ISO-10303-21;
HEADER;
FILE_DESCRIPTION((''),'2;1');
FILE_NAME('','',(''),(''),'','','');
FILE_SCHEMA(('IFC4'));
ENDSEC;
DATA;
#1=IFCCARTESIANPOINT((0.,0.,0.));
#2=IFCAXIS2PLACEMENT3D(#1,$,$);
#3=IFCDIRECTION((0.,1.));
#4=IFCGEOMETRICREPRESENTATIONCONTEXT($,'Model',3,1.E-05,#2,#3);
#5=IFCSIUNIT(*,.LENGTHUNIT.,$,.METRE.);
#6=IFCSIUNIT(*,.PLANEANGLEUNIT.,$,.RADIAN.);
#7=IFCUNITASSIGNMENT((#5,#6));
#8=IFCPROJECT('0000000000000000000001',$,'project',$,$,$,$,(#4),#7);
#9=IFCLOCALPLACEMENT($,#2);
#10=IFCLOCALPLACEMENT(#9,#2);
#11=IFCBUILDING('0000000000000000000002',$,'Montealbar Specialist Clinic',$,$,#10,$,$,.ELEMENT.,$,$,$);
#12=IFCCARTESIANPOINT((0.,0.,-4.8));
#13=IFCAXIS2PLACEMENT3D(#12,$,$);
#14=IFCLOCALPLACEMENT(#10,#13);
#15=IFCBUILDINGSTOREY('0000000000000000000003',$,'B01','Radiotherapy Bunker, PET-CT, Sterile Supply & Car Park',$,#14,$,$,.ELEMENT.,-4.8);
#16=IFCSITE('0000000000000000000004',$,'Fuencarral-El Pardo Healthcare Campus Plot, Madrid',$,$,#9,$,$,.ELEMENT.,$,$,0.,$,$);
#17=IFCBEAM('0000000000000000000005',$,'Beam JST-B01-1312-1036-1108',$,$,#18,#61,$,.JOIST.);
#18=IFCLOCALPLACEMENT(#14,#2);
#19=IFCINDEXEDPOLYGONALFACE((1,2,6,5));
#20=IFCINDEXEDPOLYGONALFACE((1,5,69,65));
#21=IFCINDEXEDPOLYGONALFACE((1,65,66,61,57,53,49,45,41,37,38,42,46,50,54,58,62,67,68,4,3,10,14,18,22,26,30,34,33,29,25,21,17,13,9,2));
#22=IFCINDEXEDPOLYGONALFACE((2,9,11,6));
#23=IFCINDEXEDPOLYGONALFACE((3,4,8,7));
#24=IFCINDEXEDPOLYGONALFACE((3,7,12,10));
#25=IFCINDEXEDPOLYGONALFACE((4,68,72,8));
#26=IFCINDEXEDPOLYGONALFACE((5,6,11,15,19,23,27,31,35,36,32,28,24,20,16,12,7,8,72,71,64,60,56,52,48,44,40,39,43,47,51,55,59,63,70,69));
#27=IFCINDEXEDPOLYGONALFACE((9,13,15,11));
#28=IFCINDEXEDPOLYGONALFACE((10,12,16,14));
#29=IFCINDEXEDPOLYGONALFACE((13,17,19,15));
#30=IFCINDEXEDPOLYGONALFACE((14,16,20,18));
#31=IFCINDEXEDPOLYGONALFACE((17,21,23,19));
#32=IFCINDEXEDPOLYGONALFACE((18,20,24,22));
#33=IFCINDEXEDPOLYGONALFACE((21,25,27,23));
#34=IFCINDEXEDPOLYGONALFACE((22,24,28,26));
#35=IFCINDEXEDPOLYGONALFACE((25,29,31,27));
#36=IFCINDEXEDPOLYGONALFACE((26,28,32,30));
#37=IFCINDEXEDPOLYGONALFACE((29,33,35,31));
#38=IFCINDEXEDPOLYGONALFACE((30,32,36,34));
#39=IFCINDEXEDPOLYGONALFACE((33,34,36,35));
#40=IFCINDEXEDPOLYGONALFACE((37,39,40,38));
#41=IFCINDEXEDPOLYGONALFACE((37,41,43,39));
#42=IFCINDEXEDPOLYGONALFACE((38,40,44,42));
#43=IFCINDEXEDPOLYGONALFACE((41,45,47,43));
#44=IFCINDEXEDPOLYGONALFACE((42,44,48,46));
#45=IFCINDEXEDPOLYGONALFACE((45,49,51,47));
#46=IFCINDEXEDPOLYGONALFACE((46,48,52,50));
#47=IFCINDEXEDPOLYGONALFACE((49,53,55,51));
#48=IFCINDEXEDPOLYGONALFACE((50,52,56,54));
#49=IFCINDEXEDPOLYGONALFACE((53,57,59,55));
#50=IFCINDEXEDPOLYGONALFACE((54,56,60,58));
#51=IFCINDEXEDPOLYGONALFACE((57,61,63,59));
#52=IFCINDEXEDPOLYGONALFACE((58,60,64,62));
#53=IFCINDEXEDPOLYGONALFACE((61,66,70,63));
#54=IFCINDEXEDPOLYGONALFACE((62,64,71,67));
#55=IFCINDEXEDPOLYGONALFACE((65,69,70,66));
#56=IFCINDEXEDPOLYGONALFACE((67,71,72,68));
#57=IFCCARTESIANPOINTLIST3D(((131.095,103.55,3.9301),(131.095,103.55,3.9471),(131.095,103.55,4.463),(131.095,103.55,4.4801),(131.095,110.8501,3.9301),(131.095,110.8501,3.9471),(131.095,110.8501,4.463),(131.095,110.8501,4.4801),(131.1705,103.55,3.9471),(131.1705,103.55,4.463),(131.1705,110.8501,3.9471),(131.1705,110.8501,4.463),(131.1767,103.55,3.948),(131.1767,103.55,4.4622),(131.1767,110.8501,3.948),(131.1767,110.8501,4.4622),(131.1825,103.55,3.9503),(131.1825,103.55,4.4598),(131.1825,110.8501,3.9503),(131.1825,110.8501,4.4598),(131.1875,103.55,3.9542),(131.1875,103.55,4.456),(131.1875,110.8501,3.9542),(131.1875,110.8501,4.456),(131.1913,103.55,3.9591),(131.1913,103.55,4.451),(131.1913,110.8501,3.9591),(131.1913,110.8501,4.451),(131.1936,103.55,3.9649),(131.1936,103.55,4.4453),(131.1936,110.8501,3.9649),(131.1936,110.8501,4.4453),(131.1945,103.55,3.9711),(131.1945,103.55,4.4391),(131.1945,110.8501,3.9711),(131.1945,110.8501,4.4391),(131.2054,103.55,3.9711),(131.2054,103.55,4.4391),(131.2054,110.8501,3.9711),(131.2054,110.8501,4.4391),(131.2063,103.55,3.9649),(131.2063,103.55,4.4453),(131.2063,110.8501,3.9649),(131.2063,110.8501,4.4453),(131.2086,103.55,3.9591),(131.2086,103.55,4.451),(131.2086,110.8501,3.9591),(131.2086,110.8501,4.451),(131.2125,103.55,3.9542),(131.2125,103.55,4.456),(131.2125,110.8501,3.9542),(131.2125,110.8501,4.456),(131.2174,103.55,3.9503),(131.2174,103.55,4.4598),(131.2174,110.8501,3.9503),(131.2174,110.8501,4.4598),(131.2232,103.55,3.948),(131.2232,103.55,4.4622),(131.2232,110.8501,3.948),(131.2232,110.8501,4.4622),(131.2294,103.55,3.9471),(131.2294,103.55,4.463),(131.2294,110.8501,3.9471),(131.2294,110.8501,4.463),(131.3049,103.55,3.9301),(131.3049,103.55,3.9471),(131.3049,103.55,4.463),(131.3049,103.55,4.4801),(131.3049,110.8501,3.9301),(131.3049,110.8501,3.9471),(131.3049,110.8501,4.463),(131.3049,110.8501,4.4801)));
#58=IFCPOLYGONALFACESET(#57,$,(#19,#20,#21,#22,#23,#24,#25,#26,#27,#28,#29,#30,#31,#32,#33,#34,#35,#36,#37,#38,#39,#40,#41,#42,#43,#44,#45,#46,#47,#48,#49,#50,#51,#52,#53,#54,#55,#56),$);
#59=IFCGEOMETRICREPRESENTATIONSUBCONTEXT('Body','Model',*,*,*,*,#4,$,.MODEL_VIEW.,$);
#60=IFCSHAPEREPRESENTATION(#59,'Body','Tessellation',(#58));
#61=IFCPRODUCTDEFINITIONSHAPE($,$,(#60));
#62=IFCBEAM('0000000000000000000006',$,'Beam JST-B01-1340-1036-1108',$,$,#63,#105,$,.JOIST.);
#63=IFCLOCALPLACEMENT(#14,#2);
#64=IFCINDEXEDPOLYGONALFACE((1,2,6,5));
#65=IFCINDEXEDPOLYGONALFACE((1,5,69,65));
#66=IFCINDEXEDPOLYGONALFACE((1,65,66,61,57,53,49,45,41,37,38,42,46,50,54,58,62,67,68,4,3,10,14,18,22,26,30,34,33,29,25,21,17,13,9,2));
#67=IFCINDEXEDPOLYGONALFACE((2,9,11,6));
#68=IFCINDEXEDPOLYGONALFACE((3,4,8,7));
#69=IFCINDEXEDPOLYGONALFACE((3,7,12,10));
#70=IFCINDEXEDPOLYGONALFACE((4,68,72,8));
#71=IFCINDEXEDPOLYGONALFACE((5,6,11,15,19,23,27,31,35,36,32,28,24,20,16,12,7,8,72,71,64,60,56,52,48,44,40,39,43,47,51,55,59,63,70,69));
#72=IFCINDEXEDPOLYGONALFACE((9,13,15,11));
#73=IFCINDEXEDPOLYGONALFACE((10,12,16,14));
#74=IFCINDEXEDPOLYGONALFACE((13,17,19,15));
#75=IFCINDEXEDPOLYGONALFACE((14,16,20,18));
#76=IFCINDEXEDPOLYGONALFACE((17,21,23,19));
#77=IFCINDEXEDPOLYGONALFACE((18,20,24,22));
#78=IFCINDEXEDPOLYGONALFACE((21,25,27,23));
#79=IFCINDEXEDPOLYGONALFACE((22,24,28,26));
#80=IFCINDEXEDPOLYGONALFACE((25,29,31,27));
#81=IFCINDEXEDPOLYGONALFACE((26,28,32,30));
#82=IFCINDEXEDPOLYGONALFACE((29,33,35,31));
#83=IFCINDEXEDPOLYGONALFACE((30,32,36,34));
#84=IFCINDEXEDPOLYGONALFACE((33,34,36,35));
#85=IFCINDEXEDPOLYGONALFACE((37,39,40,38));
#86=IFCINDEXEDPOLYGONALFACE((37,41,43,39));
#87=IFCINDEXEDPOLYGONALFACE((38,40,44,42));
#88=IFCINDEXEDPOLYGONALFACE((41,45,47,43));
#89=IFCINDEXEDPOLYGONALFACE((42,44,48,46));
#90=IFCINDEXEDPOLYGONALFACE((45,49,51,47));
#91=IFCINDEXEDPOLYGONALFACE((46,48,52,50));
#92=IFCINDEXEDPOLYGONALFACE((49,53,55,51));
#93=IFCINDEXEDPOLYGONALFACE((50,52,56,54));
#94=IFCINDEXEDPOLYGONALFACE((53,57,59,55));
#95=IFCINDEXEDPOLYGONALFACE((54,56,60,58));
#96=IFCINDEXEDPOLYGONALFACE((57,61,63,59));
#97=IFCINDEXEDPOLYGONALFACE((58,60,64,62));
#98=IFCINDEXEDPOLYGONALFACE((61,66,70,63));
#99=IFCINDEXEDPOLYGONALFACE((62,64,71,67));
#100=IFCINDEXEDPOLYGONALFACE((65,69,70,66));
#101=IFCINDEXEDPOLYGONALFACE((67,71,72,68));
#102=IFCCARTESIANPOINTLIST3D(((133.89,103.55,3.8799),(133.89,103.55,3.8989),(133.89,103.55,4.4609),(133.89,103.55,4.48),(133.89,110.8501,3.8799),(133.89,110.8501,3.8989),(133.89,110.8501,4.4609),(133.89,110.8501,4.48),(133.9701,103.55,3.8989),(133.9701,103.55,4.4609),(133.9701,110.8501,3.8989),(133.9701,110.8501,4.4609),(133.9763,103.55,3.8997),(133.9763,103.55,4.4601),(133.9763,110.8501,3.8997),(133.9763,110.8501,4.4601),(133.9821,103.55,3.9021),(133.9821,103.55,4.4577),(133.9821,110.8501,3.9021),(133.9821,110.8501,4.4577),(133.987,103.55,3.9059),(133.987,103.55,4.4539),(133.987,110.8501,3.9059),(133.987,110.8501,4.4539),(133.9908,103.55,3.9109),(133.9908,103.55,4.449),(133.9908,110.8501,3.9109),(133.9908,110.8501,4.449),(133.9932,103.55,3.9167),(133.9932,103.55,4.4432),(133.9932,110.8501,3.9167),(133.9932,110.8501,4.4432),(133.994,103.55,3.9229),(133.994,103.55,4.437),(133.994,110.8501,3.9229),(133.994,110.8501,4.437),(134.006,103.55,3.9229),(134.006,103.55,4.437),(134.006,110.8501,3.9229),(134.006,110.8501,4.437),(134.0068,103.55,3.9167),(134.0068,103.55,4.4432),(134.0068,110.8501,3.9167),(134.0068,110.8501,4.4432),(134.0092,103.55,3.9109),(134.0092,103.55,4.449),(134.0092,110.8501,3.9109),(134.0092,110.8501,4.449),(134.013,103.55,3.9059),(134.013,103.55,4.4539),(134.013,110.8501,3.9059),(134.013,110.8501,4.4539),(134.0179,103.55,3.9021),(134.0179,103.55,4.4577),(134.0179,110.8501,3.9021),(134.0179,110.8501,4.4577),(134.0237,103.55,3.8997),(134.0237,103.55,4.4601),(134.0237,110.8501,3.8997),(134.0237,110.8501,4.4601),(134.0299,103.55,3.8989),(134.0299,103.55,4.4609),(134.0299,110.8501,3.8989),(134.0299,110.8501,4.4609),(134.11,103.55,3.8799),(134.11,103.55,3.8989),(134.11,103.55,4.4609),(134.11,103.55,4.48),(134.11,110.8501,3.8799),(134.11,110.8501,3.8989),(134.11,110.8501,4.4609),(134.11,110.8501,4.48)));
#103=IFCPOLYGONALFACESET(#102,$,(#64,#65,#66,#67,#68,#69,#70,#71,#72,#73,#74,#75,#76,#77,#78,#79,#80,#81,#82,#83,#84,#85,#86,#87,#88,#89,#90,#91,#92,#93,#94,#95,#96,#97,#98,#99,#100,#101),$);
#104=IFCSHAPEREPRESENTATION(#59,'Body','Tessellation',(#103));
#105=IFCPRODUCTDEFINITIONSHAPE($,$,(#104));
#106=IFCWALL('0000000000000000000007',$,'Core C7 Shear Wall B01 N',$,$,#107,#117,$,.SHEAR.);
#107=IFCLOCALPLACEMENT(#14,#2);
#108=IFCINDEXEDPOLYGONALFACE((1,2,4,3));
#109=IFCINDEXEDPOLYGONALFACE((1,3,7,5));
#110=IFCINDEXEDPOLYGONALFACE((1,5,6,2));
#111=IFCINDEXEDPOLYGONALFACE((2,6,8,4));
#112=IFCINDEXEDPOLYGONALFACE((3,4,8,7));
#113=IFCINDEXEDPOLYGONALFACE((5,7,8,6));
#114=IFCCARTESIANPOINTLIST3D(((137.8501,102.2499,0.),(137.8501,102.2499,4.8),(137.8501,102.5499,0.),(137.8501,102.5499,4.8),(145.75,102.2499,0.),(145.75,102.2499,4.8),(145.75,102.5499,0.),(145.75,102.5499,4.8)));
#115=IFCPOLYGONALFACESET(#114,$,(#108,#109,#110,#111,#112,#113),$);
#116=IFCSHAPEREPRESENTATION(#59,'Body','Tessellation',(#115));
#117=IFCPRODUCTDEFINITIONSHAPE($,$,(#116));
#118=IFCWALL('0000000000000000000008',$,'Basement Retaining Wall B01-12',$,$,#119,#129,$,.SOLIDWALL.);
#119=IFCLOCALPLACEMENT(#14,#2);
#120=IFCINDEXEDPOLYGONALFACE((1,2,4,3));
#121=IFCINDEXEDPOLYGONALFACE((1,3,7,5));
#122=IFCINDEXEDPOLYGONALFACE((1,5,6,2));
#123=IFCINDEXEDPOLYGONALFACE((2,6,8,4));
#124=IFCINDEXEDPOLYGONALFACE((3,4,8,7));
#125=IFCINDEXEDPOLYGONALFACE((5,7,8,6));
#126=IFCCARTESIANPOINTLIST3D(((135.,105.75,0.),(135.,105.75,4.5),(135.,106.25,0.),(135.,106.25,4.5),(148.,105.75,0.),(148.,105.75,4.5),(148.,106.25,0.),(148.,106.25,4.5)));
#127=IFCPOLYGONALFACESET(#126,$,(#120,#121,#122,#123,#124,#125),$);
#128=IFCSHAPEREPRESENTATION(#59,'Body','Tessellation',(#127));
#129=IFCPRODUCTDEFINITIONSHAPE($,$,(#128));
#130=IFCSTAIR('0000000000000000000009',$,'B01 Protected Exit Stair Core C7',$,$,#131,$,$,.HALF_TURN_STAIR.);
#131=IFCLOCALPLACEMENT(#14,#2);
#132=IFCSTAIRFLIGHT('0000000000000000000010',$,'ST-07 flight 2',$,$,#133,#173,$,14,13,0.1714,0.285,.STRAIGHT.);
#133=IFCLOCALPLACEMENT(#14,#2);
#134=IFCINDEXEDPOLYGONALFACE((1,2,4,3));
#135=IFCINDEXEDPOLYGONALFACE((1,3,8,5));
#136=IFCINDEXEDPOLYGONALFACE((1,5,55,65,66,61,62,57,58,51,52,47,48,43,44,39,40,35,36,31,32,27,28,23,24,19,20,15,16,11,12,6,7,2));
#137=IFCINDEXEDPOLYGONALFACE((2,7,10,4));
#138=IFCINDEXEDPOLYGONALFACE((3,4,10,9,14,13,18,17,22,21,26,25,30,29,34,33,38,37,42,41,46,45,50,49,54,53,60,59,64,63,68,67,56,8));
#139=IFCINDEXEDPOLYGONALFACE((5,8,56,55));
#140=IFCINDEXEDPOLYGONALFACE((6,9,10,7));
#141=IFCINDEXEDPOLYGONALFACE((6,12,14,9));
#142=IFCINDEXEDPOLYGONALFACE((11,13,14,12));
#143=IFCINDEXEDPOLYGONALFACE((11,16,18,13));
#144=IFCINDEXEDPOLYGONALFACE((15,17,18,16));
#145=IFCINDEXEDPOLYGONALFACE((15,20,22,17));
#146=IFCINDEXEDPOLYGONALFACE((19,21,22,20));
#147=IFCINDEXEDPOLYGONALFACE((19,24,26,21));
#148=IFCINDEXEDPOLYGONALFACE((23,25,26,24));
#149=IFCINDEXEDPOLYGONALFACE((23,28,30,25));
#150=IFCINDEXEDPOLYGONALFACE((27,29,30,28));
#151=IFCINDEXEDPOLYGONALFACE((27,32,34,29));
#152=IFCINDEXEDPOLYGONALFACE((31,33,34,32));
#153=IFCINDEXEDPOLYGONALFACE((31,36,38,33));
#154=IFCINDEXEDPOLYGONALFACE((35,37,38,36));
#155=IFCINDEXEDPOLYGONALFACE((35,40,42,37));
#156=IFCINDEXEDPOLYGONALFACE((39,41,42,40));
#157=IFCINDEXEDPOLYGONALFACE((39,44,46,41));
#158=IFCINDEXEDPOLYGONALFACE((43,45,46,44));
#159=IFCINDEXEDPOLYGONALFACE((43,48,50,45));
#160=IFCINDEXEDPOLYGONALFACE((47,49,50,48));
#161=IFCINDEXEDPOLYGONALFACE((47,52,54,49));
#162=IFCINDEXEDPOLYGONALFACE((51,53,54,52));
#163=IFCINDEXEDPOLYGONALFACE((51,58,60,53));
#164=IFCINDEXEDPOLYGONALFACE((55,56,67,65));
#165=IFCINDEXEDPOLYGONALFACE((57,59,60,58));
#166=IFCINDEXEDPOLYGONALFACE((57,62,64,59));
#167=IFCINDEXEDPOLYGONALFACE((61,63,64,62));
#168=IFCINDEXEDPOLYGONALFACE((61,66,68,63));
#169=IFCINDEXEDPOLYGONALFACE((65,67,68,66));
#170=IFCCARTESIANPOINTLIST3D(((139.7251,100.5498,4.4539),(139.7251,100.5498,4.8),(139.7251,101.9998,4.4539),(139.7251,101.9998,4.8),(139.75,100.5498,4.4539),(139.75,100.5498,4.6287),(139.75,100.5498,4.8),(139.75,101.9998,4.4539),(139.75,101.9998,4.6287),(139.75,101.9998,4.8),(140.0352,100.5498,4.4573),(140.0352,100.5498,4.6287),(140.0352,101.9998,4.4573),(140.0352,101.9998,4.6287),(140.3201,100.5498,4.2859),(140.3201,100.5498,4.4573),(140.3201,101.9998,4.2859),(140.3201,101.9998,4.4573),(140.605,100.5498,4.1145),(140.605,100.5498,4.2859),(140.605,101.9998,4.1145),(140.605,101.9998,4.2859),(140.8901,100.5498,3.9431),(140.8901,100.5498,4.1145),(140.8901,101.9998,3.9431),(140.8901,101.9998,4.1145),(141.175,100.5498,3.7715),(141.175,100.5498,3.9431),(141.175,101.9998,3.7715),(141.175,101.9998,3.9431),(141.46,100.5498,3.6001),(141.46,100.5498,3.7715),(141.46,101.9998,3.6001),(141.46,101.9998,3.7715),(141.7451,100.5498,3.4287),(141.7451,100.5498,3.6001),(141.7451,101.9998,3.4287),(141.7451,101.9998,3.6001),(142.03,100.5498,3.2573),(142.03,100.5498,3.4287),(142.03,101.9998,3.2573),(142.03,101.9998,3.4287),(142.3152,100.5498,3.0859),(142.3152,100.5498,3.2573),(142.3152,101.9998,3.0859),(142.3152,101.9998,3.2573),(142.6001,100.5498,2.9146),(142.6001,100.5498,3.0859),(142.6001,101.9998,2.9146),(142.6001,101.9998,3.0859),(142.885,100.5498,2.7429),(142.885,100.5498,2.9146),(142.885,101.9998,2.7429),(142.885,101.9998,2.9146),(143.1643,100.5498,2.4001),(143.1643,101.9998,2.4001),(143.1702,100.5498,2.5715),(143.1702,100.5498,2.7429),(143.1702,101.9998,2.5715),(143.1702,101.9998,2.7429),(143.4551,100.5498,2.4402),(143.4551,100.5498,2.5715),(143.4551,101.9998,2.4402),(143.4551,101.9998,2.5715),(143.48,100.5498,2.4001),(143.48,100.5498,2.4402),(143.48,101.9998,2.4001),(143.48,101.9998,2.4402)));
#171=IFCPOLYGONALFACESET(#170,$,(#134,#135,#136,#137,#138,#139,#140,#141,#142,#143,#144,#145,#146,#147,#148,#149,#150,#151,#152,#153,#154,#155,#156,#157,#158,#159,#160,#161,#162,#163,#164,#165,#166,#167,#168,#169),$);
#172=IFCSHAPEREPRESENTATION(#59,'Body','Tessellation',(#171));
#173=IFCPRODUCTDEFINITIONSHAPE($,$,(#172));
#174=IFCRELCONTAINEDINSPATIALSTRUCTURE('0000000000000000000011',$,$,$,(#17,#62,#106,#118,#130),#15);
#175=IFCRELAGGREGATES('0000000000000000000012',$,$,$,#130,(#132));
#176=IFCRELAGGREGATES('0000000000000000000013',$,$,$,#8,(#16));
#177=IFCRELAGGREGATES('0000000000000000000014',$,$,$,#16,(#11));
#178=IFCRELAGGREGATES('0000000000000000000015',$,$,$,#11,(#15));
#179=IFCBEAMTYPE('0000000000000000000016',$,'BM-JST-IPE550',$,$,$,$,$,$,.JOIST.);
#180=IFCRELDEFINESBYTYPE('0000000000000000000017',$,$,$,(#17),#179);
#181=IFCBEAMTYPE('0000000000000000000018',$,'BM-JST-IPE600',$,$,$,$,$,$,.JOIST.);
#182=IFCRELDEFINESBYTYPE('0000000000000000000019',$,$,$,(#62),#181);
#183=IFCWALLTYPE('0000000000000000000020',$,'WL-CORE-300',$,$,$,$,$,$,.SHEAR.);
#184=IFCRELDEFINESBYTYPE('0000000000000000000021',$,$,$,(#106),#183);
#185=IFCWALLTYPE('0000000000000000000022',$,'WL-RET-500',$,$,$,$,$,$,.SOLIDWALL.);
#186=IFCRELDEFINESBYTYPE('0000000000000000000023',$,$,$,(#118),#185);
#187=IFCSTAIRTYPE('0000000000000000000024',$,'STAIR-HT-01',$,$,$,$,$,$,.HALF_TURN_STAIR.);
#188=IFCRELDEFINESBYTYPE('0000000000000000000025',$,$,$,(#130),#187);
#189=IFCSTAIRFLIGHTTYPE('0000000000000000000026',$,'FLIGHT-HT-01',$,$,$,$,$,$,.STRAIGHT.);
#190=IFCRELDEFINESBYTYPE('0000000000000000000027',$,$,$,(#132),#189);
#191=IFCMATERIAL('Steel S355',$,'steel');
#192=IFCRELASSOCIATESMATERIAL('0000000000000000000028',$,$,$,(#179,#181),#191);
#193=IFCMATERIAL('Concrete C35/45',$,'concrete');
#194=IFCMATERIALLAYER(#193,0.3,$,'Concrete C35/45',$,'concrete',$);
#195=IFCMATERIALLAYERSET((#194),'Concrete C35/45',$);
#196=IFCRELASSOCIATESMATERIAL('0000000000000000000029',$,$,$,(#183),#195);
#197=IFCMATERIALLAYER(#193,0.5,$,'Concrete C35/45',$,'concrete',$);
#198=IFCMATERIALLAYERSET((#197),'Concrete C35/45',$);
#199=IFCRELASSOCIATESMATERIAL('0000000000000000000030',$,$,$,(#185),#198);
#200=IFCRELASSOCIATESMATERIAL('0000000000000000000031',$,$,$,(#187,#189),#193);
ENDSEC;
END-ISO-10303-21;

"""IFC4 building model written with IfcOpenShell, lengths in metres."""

from ifc_helpers import new_model, si_unit, direction, frame, frame_2d, origin, origin_2d, place, context, subcontext, project, spatial, polyline, rectangle, i_section, outline, extrude, material, layer, layer_set, material_profile, profile_set, type_object, element, aggregate, save


model = new_model("IFC4")

# Units and contexts
model_context = context("Model", 3, precision=1e-05, world=origin(), true_north=direction((0.0, 1.0)))
body_context = subcontext(model_context, "Body", "Model", "MODEL_VIEW")
ifc_project = project(units=[si_unit("LENGTHUNIT", "METRE"), si_unit("PLANEANGLEUNIT", "RADIAN")], contexts=[model_context])

# Site, building, storey
site_placement = place(None, origin())
site = spatial("IfcSite", under=ifc_project, at=site_placement, Name="Fuencarral-El Pardo Healthcare Campus Plot, Madrid", CompositionType="ELEMENT", RefElevation=0.0)
building_placement = place(site_placement, origin())
building = spatial("IfcBuilding", under=site, at=building_placement, Name="Montealbar Specialist Clinic", CompositionType="ELEMENT")
storey_placement = place(building_placement, frame((0.0, 0.0, -4.8)))
storey = spatial("IfcBuildingStorey", under=building, at=storey_placement, Name="B01", Description="Radiotherapy Bunker, PET-CT, Sterile Supply & Car Park", CompositionType="ELEMENT", Elevation=-4.8)

# Shared definitions
ifc_material_1 = material(Name="Concrete C35/45", Category="concrete")

# Shared definitions
ifc_material_2 = material(Name="Steel S355", Category="steel")

# Beams
ifc_material_profile_1 = material_profile(ifc_material_2, i_section(OverallWidth=0.21, OverallDepth=0.55, WebThickness=0.011, FlangeThickness=0.0171, FilletRadius=0.0239, at=origin_2d()), Name="IPE 550", Category="steel")
ifc_profile_set_1 = profile_set([ifc_material_profile_1], Name="Steel S355")
beam_type_1 = type_object("IfcBeamType", Name="BM-JST-IPE550", PredefinedType="JOIST", material=ifc_profile_set_1)
beam_1_placement = place(storey_placement, frame((131.2, 103.55, 4.2051), z_axis=(0.0, 1.0, 0.0), x_axis=(-1.0, 0.0, 0.0)))
element("IfcBeam", 1, at=beam_1_placement, inside=storey, type_object=beam_type_1, Name="Beam JST-B01-1312-1036-1108", PredefinedType="JOIST", context=body_context, shape_type="SweptSolid", body=[
    extrude(i_section(OverallWidth=0.21, OverallDepth=0.55, WebThickness=0.011, FlangeThickness=0.0171, FilletRadius=0.0239, at=origin_2d()), origin(), (0.0, 0.0, 1.0), 7.3),
])
ifc_material_profile_2 = material_profile(ifc_material_2, i_section(OverallWidth=0.22, OverallDepth=0.6001, WebThickness=0.012, FlangeThickness=0.019, FilletRadius=0.0239, at=origin_2d()), Name="IPE 600", Category="steel")
ifc_profile_set_2 = profile_set([ifc_material_profile_2], Name="Steel S355")
beam_type_2 = type_object("IfcBeamType", Name="BM-JST-IPE600", PredefinedType="JOIST", material=ifc_profile_set_2)
beam_2_placement = place(storey_placement, frame((134.0, 103.55, 4.1799), z_axis=(0.0, 1.0, 0.0), x_axis=(-1.0, 0.0, 0.0)))
element("IfcBeam", 2, at=beam_2_placement, inside=storey, type_object=beam_type_2, Name="Beam JST-B01-1340-1036-1108", PredefinedType="JOIST", context=body_context, shape_type="SweptSolid", body=[
    extrude(i_section(OverallWidth=0.22, OverallDepth=0.6001, WebThickness=0.012, FlangeThickness=0.019, FilletRadius=0.0239, at=origin_2d()), origin(), (0.0, 0.0, 1.0), 7.3),
])

# Walls
ifc_layer_1 = layer(ifc_material_1, 0.3, Name="Concrete C35/45", Category="concrete")
ifc_layer_set_1 = layer_set([ifc_layer_1], Name="Concrete C35/45")
wall_type_1 = type_object("IfcWallType", Name="WL-CORE-300", PredefinedType="SHEAR", material=ifc_layer_set_1)
wall_1_placement = place(storey_placement, frame((137.8501, 102.3999, 0.0), z_axis=(0.0, 0.0, 1.0), x_axis=(1.0, 0.0, 0.0)))
element("IfcWall", 3, at=wall_1_placement, inside=storey, type_object=wall_type_1, Name="Core C7 Shear Wall B01 N", PredefinedType="SHEAR", context=body_context, shape_type="SweptSolid", body=[
    extrude(rectangle(XDim=7.8999, YDim=0.3, at=frame_2d((3.95, 0.0))), origin(), (0.0, 0.0, 1.0), 4.8),
])
ifc_layer_2 = layer(ifc_material_1, 0.5, Name="Concrete C35/45", Category="concrete")
ifc_layer_set_2 = layer_set([ifc_layer_2], Name="Concrete C35/45")
wall_type_2 = type_object("IfcWallType", Name="WL-RET-500", PredefinedType="SOLIDWALL", material=ifc_layer_set_2)
wall_2_placement = place(storey_placement, frame((135.0, 106.0, 0.0), z_axis=(0.0, 0.0, 1.0), x_axis=(1.0, 0.0, 0.0)))
element("IfcWall", 4, at=wall_2_placement, inside=storey, type_object=wall_type_2, Name="Basement Retaining Wall B01-12", PredefinedType="SOLIDWALL", context=body_context, shape_type="SweptSolid", body=[
    extrude(rectangle(XDim=13.0, YDim=0.5, at=frame_2d((6.5, 0.0))), origin(), (0.0, 0.0, 1.0), 4.5),
])

# Stair, stair flight
stair_type = type_object("IfcStairType", Name="STAIR-HT-01", PredefinedType="HALF_TURN_STAIR", material=ifc_material_1)
stair_placement = place(storey_placement, origin())
stair = element("IfcStair", 5, at=stair_placement, inside=storey, type_object=stair_type, Name="B01 Protected Exit Stair Core C7", PredefinedType="HALF_TURN_STAIR")
stair_flight_type = type_object("IfcStairFlightType", Name="FLIGHT-HT-01", PredefinedType="STRAIGHT", material=ifc_material_1)
stair_flight_placement = place(storey_placement, frame((143.4551, 101.2749, 2.4001), z_axis=(0.0, 0.0, 1.0), x_axis=(-1.0, 0.0, 0.0)))
stair_flight = element("IfcStairFlight", 6, at=stair_flight_placement, type_object=stair_flight_type, Name="ST-07 flight 2", NumberOfRisers=14, NumberOfTreads=13, PredefinedType="STRAIGHT", RiserHeight=0.1714, TreadLength=0.285, context=body_context, shape_type="SweptSolid", body=[
    extrude(outline(polyline([(-0.0249, 0.0), (-0.0249, 0.04), (0.0, 0.04), (0.0, 0.1714), (0.2849, 0.1714), (0.2849, 0.3428), (0.5701, 0.3428), (0.5701, 0.5144), (0.855, 0.5144), (0.855, 0.6858), (1.1399, 0.6858), (1.1399, 0.8572), (1.425, 0.8572), (1.425, 1.0286), (1.71, 1.0286), (1.71, 1.2), (1.9951, 1.2), (1.9951, 1.3713), (2.28, 1.3713), (2.28, 1.543), (2.5649, 1.543), (2.5649, 1.7144), (2.8501, 1.7144), (2.8501, 1.8857), (3.135, 1.8857), (3.135, 2.0571), (3.4199, 2.0571), (3.4199, 2.2285), (3.7051, 2.2285), (3.7051, 2.3999), (3.73, 2.3999), (3.73, 2.0537), (3.7051, 2.0537), (0.2908, 0.0), (-0.0249, 0.0)])), frame((0.0, 0.7251, 0.0), z_axis=(0.0, -1.0, 0.0), x_axis=(1.0, 0.0, 0.0)), (0.0, 0.0, 1.0), 1.45),
])
aggregate(stair, [stair_flight])

save(model, "model.ifc")
